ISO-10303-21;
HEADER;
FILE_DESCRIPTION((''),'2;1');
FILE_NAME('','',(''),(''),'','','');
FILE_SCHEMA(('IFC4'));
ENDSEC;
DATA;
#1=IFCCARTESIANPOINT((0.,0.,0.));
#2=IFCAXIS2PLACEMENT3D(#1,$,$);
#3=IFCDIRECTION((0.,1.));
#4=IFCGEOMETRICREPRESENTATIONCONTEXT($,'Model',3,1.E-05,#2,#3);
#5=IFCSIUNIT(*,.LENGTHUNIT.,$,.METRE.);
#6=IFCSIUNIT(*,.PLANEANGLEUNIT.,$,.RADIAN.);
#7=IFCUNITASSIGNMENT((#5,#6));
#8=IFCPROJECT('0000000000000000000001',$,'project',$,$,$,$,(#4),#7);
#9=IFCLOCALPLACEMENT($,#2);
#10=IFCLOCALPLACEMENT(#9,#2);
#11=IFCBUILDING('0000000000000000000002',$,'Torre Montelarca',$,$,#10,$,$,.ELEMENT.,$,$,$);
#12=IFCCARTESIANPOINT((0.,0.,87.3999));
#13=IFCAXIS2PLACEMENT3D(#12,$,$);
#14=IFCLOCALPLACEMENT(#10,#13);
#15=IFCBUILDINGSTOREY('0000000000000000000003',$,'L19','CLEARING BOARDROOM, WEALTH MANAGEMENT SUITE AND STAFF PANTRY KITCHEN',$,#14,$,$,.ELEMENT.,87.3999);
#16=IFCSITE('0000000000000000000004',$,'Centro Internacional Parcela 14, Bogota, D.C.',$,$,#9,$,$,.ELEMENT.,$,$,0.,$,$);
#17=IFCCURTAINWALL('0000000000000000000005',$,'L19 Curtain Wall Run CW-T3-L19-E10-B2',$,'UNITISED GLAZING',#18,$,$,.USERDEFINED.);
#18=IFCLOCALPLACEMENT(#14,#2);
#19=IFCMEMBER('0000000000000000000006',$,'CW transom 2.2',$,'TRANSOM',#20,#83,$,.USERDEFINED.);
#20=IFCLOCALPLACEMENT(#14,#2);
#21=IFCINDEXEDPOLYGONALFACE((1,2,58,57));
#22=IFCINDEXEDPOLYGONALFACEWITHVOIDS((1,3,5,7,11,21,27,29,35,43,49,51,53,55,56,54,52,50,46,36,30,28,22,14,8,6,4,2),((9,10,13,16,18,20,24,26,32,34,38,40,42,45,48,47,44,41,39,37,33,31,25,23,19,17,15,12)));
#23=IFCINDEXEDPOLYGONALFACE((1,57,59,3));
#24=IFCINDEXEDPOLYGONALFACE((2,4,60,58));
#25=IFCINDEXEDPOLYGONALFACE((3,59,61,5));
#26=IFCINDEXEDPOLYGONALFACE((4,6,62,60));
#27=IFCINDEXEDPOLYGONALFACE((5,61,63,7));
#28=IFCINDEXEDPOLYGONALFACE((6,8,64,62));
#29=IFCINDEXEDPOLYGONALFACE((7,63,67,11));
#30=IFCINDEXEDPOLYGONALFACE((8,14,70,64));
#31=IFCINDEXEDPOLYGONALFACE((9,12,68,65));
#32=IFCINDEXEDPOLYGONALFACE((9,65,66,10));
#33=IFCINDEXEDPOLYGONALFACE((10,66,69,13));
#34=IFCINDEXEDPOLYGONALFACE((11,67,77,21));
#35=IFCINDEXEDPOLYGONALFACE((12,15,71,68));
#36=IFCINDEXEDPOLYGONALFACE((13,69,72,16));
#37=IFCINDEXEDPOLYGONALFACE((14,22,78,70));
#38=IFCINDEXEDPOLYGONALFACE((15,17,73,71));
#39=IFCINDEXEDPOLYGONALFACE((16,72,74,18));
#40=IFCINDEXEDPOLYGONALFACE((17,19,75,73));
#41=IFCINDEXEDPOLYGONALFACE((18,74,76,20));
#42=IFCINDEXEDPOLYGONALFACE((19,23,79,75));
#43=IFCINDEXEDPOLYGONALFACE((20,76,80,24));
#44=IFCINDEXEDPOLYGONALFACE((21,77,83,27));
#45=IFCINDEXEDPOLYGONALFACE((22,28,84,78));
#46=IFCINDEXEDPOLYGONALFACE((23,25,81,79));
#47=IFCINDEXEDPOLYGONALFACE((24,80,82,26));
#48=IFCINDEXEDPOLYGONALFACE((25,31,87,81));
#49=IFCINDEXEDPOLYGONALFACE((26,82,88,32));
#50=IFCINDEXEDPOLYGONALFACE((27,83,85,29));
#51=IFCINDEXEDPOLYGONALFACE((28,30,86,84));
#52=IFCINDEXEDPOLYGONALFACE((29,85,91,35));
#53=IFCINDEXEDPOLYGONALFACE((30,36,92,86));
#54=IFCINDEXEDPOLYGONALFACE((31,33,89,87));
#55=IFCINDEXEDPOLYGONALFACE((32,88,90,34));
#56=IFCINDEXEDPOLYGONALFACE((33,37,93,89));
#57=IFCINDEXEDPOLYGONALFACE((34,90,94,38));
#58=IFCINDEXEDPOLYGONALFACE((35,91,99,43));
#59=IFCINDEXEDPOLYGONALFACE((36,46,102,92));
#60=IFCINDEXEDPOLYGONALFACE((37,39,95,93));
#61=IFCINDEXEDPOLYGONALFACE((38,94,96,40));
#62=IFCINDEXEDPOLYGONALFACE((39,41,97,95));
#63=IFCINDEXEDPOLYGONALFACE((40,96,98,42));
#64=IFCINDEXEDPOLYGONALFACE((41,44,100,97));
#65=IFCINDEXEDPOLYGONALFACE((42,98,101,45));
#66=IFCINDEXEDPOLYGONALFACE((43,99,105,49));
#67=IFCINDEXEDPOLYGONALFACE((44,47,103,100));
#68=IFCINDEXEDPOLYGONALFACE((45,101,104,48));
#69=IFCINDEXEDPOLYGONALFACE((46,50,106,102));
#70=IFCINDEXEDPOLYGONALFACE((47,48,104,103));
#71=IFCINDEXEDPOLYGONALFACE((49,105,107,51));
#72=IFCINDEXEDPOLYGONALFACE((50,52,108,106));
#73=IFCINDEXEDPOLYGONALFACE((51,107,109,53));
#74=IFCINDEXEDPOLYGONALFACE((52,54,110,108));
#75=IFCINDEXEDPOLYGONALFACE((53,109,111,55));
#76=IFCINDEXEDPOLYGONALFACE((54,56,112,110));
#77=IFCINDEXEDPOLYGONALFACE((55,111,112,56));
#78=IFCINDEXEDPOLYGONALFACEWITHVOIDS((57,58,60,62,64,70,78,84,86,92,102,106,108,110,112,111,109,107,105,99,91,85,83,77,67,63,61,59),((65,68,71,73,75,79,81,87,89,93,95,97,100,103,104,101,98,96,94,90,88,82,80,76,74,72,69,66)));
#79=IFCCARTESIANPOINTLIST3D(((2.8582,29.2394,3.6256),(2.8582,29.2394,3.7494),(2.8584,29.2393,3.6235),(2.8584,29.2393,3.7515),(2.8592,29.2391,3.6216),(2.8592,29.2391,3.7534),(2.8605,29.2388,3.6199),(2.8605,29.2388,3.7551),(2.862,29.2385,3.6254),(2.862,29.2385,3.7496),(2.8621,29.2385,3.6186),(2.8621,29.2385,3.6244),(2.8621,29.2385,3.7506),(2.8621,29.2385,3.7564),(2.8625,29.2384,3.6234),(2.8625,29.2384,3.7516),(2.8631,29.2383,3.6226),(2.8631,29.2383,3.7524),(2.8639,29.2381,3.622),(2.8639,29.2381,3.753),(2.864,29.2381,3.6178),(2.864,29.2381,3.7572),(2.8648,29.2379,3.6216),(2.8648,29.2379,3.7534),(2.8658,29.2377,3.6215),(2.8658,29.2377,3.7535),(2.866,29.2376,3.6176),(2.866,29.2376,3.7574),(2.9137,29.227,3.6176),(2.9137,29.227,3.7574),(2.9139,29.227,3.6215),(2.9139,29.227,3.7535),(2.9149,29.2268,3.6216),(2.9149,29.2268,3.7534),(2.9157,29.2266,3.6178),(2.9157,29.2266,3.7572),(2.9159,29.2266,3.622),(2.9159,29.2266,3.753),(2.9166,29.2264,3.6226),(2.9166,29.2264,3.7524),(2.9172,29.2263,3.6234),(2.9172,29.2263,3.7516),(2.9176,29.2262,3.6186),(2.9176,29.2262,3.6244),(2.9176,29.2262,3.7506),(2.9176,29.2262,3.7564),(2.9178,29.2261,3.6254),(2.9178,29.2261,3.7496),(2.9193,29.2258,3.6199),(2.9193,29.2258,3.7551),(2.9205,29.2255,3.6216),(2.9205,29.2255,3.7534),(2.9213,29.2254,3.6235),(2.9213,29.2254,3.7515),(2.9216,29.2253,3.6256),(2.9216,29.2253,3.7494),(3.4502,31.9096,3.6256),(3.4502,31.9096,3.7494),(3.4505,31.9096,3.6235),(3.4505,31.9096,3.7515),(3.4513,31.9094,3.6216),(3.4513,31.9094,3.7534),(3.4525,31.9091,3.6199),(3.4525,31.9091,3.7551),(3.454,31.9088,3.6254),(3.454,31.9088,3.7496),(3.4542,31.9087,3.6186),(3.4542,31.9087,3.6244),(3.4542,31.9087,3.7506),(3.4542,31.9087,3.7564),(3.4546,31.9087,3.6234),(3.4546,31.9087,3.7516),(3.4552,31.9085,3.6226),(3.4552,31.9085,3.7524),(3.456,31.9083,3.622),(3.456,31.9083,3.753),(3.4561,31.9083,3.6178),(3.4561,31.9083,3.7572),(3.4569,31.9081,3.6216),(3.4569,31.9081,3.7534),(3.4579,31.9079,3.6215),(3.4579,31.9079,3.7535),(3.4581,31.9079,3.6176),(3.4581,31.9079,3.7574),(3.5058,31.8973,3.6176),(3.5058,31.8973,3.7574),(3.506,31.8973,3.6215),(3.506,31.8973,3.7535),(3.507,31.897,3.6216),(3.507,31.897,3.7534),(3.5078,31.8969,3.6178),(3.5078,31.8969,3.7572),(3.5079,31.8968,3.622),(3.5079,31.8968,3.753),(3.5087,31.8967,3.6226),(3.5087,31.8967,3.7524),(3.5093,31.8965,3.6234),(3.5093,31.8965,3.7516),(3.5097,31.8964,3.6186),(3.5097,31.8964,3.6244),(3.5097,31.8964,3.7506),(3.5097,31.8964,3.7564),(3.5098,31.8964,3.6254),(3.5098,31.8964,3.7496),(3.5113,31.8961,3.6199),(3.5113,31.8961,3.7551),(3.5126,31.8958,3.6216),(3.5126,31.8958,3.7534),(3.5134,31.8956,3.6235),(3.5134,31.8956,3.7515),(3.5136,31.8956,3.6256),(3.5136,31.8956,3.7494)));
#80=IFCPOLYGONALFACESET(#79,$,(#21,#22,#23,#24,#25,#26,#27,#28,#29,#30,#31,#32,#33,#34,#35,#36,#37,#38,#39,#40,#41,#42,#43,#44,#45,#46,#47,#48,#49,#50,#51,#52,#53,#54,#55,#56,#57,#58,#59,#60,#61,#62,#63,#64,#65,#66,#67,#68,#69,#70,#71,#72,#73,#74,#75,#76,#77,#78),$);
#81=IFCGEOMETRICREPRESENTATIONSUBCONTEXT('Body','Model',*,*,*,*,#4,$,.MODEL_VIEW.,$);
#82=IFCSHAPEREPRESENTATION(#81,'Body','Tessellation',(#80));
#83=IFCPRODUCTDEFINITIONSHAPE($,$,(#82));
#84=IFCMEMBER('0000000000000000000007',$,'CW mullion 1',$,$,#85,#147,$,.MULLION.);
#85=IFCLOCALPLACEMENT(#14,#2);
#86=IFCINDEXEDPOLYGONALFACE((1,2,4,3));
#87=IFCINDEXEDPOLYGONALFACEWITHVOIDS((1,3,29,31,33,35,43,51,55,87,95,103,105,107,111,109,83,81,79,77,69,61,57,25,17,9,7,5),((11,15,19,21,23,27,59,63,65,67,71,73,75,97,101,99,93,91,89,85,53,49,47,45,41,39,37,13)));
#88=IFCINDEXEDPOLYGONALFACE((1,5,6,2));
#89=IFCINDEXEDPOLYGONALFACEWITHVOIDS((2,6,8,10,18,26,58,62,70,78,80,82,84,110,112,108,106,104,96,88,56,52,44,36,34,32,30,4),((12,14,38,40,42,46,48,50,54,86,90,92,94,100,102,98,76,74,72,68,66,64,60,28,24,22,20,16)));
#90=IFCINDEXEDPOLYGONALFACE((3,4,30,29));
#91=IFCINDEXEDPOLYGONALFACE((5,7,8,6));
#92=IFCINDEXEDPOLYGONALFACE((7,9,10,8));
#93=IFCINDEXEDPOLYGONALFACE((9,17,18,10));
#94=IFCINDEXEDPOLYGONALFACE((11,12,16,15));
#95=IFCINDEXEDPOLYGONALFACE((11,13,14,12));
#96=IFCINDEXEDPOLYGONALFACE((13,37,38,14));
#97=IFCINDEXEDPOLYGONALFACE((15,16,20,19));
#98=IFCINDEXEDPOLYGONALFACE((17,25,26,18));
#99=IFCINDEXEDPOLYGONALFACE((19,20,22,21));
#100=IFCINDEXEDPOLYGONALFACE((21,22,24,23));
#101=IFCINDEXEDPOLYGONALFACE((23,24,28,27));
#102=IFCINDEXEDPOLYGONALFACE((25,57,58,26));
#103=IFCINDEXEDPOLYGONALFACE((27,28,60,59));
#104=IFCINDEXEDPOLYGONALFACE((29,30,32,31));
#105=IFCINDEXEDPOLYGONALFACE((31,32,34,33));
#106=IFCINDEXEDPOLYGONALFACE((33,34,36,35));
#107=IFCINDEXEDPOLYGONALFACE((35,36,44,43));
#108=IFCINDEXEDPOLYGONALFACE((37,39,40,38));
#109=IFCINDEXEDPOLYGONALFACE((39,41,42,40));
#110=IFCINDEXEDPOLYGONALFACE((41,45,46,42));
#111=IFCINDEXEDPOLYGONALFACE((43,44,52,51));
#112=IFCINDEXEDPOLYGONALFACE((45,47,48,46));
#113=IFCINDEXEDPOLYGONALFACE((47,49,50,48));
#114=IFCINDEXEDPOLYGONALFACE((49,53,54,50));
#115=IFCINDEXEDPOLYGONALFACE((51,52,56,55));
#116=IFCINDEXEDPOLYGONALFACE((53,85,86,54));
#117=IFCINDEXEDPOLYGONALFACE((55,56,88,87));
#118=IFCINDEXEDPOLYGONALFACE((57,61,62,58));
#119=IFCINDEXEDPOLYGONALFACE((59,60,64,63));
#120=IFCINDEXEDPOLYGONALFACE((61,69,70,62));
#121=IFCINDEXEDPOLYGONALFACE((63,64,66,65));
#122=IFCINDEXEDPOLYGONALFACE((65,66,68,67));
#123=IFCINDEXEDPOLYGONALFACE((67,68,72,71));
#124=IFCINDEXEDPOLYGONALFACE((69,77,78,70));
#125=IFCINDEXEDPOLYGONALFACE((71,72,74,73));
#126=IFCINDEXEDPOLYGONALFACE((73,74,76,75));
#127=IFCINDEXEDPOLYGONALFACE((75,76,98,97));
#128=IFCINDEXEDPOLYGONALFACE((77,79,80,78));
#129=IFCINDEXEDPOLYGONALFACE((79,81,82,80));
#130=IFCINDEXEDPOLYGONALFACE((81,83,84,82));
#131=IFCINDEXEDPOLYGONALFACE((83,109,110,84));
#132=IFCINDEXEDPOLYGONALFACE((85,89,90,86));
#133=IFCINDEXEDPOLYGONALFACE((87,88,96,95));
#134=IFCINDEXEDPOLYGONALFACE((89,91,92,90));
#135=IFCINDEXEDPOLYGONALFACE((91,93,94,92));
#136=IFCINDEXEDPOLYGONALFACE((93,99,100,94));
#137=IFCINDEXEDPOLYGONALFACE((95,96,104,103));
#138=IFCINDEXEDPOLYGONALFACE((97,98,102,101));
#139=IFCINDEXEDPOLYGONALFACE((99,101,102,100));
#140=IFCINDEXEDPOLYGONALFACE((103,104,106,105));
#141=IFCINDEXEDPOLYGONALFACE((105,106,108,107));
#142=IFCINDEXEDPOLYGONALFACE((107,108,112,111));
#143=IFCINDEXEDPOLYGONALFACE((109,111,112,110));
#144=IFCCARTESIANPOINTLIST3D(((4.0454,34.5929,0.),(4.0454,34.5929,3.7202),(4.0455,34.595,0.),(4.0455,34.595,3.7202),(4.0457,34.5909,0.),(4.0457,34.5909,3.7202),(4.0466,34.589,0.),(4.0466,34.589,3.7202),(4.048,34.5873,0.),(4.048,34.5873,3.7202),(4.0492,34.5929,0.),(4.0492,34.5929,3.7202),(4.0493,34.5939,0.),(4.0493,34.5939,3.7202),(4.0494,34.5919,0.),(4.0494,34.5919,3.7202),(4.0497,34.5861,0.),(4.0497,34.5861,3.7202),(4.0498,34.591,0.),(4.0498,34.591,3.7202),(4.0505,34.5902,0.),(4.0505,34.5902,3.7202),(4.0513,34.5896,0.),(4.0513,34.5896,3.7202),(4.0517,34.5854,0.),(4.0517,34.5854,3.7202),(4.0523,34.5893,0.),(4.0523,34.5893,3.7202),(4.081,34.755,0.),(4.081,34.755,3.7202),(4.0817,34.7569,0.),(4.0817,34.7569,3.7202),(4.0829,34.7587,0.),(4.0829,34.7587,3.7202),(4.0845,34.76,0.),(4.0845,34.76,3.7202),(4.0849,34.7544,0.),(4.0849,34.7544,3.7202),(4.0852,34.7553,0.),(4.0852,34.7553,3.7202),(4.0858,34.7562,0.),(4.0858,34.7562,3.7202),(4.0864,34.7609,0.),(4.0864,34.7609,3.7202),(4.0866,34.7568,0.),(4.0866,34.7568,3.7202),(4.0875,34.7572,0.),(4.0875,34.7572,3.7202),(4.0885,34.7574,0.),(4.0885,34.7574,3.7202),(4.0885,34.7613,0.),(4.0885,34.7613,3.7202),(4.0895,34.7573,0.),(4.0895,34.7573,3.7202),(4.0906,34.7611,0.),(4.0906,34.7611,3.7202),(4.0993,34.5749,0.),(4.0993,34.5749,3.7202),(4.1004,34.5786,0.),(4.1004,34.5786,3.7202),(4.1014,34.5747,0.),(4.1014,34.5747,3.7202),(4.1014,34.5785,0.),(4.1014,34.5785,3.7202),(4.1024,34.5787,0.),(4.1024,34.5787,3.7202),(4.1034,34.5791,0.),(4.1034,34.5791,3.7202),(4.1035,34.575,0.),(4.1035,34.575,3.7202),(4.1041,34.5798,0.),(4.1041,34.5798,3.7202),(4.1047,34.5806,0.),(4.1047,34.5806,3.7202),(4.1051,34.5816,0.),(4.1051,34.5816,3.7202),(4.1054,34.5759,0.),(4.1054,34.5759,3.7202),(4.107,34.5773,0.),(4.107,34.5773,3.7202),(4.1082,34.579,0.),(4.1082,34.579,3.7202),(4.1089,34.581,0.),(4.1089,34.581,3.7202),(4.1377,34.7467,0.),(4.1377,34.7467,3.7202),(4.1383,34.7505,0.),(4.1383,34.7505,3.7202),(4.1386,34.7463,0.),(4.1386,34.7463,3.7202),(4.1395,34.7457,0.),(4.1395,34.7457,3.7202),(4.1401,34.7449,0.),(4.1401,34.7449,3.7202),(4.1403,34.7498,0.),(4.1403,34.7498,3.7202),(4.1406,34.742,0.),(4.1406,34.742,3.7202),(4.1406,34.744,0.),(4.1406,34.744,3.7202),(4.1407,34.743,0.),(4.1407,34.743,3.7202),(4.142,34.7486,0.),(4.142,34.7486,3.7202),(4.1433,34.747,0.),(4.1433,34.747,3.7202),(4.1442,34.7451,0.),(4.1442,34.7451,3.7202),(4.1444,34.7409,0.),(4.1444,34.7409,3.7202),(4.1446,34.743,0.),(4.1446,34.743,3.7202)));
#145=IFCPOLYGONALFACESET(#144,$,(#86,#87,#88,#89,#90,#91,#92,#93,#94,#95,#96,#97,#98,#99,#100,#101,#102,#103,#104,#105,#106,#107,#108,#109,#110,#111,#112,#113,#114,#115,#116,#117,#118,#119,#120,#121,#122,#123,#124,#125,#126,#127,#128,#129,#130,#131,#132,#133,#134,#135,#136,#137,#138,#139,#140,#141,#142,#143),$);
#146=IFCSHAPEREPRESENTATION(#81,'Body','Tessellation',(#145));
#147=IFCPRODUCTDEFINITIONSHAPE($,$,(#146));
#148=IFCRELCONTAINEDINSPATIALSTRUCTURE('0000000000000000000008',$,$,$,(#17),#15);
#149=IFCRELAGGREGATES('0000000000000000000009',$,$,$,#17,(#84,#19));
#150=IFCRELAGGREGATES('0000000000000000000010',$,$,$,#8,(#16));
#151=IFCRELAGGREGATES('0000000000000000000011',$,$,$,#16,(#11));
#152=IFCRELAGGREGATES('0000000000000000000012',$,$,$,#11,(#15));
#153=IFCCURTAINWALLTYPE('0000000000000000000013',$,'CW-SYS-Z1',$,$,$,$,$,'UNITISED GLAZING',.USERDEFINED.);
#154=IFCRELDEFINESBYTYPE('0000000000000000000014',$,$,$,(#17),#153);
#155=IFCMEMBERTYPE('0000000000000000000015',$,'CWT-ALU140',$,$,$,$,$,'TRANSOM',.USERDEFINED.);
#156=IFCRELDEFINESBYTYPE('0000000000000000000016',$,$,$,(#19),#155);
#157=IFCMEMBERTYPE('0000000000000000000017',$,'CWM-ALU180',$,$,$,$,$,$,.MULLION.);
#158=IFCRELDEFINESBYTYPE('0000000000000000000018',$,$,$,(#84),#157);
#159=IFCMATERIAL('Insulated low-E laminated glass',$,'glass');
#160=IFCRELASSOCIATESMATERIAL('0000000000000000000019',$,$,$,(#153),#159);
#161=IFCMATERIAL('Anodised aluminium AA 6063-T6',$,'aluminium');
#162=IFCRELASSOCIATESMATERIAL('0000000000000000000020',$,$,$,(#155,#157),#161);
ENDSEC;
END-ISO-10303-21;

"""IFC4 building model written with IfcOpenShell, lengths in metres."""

from ifc_helpers import new_model, si_unit, direction, frame, origin, origin_2d, place, context, subcontext, project, spatial, hollow_rectangle, extrude, source, transform, mapped, material, material_profile, profile_set, type_object, element, aggregate, save


model = new_model("IFC4")

# Units and contexts
model_context = context("Model", 3, precision=1e-05, world=origin(), true_north=direction((0.0, 1.0)))
body_context = subcontext(model_context, "Body", "Model", "MODEL_VIEW")
ifc_project = project(units=[si_unit("LENGTHUNIT", "METRE"), si_unit("PLANEANGLEUNIT", "RADIAN")], contexts=[model_context])

# Site, building, storey
site_placement = place(None, origin())
site = spatial("IfcSite", under=ifc_project, at=site_placement, Name="Centro Internacional Parcela 14, Bogota, D.C.", CompositionType="ELEMENT", RefElevation=0.0)
building_placement = place(site_placement, origin())
building = spatial("IfcBuilding", under=site, at=building_placement, Name="Torre Montelarca", CompositionType="ELEMENT")
storey_placement = place(building_placement, frame((0.0, 0.0, 87.3999)))
storey = spatial("IfcBuildingStorey", under=building, at=storey_placement, Name="L19", Description="CLEARING BOARDROOM, WEALTH MANAGEMENT SUITE AND STAFF PANTRY KITCHEN", CompositionType="ELEMENT", Elevation=87.3999)

# Curtain wall, members
ifc_material_1 = material(Name="Insulated low-E laminated glass", Category="glass")
curtain_wall_type = type_object("IfcCurtainWallType", Name="CW-SYS-Z1", ElementType="UNITISED GLAZING", PredefinedType="USERDEFINED", material=ifc_material_1)
curtain_wall_placement = place(storey_placement, origin())
curtain_wall = element("IfcCurtainWall", 1, at=curtain_wall_placement, inside=storey, type_object=curtain_wall_type, Name="L19 Curtain Wall Run CW-T3-L19-E10-B2", ObjectType="UNITISED GLAZING", PredefinedType="USERDEFINED")
ifc_material_2 = material(Name="Anodised aluminium AA 6063-T6", Category="aluminium")
ifc_material_profile_1 = material_profile(ifc_material_2, hollow_rectangle(XDim=0.0649, YDim=0.1399, WallThickness=0.0039, InnerFilletRadius=0.0039, OuterFilletRadius=0.0081, at=origin_2d()), Name="ALU65X140X4", Category="aluminium")
ifc_profile_set_1 = profile_set([ifc_material_profile_1], Name="Anodised aluminium AA 6063-T6")
member_type_1 = type_object("IfcMemberType", Name="CWT-ALU140", ElementType="TRANSOM", PredefinedType="USERDEFINED", material=ifc_profile_set_1)
shared_shape_1 = source(origin(), body_context, "Body", "SweptSolid", [
    extrude(hollow_rectangle(XDim=0.0649, YDim=0.1399, WallThickness=0.0039, InnerFilletRadius=0.0039, OuterFilletRadius=0.0081, at=origin_2d()), origin(), (0.0, 0.0, 1.0), 2.7351),
])
member_1_placement = place(storey_placement, frame((3.4819, 31.9026, 3.6875), z_axis=(-0.216467, -0.97629, 0.0), x_axis=(0.97629, -0.216467, 0.0)))
member_1 = element("IfcMember", 2, at=member_1_placement, type_object=member_type_1, Name="CW transom 2.2", ObjectType="TRANSOM", PredefinedType="USERDEFINED", context=body_context, shape_type="MappedRepresentation", body=[
    mapped(shared_shape_1, transform((0.0, 0.0, 0.0), scale=1.0)),
])
ifc_material_profile_2 = material_profile(ifc_material_2, hollow_rectangle(XDim=0.0649, YDim=0.1799, WallThickness=0.0039, InnerFilletRadius=0.0039, OuterFilletRadius=0.0081, at=origin_2d()), Name="ALU65X180X4", Category="aluminium")
ifc_profile_set_2 = profile_set([ifc_material_profile_2], Name="Anodised aluminium AA 6063-T6")
member_type_2 = type_object("IfcMemberType", Name="CWM-ALU180", PredefinedType="MULLION", material=ifc_profile_set_2)
shared_shape_2 = source(origin(), body_context, "Body", "SweptSolid", [
    extrude(hollow_rectangle(XDim=0.0649, YDim=0.1799, WallThickness=0.0039, InnerFilletRadius=0.0039, OuterFilletRadius=0.0081, at=origin_2d()), origin(), (0.0, 0.0, 1.0), 3.7202),
])
member_2_placement = place(storey_placement, frame((4.095, 34.668, 0.0), z_axis=(0.0, 0.0, 1.0), x_axis=(0.976297, -0.216435, 0.0)))
member_2 = element("IfcMember", 3, at=member_2_placement, type_object=member_type_2, Name="CW mullion 1", PredefinedType="MULLION", context=body_context, shape_type="MappedRepresentation", body=[
    mapped(shared_shape_2, transform((0.0, 0.0, 0.0), scale=1.0)),
])
aggregate(curtain_wall, [member_2, member_1])

save(model, "model.ifc")
